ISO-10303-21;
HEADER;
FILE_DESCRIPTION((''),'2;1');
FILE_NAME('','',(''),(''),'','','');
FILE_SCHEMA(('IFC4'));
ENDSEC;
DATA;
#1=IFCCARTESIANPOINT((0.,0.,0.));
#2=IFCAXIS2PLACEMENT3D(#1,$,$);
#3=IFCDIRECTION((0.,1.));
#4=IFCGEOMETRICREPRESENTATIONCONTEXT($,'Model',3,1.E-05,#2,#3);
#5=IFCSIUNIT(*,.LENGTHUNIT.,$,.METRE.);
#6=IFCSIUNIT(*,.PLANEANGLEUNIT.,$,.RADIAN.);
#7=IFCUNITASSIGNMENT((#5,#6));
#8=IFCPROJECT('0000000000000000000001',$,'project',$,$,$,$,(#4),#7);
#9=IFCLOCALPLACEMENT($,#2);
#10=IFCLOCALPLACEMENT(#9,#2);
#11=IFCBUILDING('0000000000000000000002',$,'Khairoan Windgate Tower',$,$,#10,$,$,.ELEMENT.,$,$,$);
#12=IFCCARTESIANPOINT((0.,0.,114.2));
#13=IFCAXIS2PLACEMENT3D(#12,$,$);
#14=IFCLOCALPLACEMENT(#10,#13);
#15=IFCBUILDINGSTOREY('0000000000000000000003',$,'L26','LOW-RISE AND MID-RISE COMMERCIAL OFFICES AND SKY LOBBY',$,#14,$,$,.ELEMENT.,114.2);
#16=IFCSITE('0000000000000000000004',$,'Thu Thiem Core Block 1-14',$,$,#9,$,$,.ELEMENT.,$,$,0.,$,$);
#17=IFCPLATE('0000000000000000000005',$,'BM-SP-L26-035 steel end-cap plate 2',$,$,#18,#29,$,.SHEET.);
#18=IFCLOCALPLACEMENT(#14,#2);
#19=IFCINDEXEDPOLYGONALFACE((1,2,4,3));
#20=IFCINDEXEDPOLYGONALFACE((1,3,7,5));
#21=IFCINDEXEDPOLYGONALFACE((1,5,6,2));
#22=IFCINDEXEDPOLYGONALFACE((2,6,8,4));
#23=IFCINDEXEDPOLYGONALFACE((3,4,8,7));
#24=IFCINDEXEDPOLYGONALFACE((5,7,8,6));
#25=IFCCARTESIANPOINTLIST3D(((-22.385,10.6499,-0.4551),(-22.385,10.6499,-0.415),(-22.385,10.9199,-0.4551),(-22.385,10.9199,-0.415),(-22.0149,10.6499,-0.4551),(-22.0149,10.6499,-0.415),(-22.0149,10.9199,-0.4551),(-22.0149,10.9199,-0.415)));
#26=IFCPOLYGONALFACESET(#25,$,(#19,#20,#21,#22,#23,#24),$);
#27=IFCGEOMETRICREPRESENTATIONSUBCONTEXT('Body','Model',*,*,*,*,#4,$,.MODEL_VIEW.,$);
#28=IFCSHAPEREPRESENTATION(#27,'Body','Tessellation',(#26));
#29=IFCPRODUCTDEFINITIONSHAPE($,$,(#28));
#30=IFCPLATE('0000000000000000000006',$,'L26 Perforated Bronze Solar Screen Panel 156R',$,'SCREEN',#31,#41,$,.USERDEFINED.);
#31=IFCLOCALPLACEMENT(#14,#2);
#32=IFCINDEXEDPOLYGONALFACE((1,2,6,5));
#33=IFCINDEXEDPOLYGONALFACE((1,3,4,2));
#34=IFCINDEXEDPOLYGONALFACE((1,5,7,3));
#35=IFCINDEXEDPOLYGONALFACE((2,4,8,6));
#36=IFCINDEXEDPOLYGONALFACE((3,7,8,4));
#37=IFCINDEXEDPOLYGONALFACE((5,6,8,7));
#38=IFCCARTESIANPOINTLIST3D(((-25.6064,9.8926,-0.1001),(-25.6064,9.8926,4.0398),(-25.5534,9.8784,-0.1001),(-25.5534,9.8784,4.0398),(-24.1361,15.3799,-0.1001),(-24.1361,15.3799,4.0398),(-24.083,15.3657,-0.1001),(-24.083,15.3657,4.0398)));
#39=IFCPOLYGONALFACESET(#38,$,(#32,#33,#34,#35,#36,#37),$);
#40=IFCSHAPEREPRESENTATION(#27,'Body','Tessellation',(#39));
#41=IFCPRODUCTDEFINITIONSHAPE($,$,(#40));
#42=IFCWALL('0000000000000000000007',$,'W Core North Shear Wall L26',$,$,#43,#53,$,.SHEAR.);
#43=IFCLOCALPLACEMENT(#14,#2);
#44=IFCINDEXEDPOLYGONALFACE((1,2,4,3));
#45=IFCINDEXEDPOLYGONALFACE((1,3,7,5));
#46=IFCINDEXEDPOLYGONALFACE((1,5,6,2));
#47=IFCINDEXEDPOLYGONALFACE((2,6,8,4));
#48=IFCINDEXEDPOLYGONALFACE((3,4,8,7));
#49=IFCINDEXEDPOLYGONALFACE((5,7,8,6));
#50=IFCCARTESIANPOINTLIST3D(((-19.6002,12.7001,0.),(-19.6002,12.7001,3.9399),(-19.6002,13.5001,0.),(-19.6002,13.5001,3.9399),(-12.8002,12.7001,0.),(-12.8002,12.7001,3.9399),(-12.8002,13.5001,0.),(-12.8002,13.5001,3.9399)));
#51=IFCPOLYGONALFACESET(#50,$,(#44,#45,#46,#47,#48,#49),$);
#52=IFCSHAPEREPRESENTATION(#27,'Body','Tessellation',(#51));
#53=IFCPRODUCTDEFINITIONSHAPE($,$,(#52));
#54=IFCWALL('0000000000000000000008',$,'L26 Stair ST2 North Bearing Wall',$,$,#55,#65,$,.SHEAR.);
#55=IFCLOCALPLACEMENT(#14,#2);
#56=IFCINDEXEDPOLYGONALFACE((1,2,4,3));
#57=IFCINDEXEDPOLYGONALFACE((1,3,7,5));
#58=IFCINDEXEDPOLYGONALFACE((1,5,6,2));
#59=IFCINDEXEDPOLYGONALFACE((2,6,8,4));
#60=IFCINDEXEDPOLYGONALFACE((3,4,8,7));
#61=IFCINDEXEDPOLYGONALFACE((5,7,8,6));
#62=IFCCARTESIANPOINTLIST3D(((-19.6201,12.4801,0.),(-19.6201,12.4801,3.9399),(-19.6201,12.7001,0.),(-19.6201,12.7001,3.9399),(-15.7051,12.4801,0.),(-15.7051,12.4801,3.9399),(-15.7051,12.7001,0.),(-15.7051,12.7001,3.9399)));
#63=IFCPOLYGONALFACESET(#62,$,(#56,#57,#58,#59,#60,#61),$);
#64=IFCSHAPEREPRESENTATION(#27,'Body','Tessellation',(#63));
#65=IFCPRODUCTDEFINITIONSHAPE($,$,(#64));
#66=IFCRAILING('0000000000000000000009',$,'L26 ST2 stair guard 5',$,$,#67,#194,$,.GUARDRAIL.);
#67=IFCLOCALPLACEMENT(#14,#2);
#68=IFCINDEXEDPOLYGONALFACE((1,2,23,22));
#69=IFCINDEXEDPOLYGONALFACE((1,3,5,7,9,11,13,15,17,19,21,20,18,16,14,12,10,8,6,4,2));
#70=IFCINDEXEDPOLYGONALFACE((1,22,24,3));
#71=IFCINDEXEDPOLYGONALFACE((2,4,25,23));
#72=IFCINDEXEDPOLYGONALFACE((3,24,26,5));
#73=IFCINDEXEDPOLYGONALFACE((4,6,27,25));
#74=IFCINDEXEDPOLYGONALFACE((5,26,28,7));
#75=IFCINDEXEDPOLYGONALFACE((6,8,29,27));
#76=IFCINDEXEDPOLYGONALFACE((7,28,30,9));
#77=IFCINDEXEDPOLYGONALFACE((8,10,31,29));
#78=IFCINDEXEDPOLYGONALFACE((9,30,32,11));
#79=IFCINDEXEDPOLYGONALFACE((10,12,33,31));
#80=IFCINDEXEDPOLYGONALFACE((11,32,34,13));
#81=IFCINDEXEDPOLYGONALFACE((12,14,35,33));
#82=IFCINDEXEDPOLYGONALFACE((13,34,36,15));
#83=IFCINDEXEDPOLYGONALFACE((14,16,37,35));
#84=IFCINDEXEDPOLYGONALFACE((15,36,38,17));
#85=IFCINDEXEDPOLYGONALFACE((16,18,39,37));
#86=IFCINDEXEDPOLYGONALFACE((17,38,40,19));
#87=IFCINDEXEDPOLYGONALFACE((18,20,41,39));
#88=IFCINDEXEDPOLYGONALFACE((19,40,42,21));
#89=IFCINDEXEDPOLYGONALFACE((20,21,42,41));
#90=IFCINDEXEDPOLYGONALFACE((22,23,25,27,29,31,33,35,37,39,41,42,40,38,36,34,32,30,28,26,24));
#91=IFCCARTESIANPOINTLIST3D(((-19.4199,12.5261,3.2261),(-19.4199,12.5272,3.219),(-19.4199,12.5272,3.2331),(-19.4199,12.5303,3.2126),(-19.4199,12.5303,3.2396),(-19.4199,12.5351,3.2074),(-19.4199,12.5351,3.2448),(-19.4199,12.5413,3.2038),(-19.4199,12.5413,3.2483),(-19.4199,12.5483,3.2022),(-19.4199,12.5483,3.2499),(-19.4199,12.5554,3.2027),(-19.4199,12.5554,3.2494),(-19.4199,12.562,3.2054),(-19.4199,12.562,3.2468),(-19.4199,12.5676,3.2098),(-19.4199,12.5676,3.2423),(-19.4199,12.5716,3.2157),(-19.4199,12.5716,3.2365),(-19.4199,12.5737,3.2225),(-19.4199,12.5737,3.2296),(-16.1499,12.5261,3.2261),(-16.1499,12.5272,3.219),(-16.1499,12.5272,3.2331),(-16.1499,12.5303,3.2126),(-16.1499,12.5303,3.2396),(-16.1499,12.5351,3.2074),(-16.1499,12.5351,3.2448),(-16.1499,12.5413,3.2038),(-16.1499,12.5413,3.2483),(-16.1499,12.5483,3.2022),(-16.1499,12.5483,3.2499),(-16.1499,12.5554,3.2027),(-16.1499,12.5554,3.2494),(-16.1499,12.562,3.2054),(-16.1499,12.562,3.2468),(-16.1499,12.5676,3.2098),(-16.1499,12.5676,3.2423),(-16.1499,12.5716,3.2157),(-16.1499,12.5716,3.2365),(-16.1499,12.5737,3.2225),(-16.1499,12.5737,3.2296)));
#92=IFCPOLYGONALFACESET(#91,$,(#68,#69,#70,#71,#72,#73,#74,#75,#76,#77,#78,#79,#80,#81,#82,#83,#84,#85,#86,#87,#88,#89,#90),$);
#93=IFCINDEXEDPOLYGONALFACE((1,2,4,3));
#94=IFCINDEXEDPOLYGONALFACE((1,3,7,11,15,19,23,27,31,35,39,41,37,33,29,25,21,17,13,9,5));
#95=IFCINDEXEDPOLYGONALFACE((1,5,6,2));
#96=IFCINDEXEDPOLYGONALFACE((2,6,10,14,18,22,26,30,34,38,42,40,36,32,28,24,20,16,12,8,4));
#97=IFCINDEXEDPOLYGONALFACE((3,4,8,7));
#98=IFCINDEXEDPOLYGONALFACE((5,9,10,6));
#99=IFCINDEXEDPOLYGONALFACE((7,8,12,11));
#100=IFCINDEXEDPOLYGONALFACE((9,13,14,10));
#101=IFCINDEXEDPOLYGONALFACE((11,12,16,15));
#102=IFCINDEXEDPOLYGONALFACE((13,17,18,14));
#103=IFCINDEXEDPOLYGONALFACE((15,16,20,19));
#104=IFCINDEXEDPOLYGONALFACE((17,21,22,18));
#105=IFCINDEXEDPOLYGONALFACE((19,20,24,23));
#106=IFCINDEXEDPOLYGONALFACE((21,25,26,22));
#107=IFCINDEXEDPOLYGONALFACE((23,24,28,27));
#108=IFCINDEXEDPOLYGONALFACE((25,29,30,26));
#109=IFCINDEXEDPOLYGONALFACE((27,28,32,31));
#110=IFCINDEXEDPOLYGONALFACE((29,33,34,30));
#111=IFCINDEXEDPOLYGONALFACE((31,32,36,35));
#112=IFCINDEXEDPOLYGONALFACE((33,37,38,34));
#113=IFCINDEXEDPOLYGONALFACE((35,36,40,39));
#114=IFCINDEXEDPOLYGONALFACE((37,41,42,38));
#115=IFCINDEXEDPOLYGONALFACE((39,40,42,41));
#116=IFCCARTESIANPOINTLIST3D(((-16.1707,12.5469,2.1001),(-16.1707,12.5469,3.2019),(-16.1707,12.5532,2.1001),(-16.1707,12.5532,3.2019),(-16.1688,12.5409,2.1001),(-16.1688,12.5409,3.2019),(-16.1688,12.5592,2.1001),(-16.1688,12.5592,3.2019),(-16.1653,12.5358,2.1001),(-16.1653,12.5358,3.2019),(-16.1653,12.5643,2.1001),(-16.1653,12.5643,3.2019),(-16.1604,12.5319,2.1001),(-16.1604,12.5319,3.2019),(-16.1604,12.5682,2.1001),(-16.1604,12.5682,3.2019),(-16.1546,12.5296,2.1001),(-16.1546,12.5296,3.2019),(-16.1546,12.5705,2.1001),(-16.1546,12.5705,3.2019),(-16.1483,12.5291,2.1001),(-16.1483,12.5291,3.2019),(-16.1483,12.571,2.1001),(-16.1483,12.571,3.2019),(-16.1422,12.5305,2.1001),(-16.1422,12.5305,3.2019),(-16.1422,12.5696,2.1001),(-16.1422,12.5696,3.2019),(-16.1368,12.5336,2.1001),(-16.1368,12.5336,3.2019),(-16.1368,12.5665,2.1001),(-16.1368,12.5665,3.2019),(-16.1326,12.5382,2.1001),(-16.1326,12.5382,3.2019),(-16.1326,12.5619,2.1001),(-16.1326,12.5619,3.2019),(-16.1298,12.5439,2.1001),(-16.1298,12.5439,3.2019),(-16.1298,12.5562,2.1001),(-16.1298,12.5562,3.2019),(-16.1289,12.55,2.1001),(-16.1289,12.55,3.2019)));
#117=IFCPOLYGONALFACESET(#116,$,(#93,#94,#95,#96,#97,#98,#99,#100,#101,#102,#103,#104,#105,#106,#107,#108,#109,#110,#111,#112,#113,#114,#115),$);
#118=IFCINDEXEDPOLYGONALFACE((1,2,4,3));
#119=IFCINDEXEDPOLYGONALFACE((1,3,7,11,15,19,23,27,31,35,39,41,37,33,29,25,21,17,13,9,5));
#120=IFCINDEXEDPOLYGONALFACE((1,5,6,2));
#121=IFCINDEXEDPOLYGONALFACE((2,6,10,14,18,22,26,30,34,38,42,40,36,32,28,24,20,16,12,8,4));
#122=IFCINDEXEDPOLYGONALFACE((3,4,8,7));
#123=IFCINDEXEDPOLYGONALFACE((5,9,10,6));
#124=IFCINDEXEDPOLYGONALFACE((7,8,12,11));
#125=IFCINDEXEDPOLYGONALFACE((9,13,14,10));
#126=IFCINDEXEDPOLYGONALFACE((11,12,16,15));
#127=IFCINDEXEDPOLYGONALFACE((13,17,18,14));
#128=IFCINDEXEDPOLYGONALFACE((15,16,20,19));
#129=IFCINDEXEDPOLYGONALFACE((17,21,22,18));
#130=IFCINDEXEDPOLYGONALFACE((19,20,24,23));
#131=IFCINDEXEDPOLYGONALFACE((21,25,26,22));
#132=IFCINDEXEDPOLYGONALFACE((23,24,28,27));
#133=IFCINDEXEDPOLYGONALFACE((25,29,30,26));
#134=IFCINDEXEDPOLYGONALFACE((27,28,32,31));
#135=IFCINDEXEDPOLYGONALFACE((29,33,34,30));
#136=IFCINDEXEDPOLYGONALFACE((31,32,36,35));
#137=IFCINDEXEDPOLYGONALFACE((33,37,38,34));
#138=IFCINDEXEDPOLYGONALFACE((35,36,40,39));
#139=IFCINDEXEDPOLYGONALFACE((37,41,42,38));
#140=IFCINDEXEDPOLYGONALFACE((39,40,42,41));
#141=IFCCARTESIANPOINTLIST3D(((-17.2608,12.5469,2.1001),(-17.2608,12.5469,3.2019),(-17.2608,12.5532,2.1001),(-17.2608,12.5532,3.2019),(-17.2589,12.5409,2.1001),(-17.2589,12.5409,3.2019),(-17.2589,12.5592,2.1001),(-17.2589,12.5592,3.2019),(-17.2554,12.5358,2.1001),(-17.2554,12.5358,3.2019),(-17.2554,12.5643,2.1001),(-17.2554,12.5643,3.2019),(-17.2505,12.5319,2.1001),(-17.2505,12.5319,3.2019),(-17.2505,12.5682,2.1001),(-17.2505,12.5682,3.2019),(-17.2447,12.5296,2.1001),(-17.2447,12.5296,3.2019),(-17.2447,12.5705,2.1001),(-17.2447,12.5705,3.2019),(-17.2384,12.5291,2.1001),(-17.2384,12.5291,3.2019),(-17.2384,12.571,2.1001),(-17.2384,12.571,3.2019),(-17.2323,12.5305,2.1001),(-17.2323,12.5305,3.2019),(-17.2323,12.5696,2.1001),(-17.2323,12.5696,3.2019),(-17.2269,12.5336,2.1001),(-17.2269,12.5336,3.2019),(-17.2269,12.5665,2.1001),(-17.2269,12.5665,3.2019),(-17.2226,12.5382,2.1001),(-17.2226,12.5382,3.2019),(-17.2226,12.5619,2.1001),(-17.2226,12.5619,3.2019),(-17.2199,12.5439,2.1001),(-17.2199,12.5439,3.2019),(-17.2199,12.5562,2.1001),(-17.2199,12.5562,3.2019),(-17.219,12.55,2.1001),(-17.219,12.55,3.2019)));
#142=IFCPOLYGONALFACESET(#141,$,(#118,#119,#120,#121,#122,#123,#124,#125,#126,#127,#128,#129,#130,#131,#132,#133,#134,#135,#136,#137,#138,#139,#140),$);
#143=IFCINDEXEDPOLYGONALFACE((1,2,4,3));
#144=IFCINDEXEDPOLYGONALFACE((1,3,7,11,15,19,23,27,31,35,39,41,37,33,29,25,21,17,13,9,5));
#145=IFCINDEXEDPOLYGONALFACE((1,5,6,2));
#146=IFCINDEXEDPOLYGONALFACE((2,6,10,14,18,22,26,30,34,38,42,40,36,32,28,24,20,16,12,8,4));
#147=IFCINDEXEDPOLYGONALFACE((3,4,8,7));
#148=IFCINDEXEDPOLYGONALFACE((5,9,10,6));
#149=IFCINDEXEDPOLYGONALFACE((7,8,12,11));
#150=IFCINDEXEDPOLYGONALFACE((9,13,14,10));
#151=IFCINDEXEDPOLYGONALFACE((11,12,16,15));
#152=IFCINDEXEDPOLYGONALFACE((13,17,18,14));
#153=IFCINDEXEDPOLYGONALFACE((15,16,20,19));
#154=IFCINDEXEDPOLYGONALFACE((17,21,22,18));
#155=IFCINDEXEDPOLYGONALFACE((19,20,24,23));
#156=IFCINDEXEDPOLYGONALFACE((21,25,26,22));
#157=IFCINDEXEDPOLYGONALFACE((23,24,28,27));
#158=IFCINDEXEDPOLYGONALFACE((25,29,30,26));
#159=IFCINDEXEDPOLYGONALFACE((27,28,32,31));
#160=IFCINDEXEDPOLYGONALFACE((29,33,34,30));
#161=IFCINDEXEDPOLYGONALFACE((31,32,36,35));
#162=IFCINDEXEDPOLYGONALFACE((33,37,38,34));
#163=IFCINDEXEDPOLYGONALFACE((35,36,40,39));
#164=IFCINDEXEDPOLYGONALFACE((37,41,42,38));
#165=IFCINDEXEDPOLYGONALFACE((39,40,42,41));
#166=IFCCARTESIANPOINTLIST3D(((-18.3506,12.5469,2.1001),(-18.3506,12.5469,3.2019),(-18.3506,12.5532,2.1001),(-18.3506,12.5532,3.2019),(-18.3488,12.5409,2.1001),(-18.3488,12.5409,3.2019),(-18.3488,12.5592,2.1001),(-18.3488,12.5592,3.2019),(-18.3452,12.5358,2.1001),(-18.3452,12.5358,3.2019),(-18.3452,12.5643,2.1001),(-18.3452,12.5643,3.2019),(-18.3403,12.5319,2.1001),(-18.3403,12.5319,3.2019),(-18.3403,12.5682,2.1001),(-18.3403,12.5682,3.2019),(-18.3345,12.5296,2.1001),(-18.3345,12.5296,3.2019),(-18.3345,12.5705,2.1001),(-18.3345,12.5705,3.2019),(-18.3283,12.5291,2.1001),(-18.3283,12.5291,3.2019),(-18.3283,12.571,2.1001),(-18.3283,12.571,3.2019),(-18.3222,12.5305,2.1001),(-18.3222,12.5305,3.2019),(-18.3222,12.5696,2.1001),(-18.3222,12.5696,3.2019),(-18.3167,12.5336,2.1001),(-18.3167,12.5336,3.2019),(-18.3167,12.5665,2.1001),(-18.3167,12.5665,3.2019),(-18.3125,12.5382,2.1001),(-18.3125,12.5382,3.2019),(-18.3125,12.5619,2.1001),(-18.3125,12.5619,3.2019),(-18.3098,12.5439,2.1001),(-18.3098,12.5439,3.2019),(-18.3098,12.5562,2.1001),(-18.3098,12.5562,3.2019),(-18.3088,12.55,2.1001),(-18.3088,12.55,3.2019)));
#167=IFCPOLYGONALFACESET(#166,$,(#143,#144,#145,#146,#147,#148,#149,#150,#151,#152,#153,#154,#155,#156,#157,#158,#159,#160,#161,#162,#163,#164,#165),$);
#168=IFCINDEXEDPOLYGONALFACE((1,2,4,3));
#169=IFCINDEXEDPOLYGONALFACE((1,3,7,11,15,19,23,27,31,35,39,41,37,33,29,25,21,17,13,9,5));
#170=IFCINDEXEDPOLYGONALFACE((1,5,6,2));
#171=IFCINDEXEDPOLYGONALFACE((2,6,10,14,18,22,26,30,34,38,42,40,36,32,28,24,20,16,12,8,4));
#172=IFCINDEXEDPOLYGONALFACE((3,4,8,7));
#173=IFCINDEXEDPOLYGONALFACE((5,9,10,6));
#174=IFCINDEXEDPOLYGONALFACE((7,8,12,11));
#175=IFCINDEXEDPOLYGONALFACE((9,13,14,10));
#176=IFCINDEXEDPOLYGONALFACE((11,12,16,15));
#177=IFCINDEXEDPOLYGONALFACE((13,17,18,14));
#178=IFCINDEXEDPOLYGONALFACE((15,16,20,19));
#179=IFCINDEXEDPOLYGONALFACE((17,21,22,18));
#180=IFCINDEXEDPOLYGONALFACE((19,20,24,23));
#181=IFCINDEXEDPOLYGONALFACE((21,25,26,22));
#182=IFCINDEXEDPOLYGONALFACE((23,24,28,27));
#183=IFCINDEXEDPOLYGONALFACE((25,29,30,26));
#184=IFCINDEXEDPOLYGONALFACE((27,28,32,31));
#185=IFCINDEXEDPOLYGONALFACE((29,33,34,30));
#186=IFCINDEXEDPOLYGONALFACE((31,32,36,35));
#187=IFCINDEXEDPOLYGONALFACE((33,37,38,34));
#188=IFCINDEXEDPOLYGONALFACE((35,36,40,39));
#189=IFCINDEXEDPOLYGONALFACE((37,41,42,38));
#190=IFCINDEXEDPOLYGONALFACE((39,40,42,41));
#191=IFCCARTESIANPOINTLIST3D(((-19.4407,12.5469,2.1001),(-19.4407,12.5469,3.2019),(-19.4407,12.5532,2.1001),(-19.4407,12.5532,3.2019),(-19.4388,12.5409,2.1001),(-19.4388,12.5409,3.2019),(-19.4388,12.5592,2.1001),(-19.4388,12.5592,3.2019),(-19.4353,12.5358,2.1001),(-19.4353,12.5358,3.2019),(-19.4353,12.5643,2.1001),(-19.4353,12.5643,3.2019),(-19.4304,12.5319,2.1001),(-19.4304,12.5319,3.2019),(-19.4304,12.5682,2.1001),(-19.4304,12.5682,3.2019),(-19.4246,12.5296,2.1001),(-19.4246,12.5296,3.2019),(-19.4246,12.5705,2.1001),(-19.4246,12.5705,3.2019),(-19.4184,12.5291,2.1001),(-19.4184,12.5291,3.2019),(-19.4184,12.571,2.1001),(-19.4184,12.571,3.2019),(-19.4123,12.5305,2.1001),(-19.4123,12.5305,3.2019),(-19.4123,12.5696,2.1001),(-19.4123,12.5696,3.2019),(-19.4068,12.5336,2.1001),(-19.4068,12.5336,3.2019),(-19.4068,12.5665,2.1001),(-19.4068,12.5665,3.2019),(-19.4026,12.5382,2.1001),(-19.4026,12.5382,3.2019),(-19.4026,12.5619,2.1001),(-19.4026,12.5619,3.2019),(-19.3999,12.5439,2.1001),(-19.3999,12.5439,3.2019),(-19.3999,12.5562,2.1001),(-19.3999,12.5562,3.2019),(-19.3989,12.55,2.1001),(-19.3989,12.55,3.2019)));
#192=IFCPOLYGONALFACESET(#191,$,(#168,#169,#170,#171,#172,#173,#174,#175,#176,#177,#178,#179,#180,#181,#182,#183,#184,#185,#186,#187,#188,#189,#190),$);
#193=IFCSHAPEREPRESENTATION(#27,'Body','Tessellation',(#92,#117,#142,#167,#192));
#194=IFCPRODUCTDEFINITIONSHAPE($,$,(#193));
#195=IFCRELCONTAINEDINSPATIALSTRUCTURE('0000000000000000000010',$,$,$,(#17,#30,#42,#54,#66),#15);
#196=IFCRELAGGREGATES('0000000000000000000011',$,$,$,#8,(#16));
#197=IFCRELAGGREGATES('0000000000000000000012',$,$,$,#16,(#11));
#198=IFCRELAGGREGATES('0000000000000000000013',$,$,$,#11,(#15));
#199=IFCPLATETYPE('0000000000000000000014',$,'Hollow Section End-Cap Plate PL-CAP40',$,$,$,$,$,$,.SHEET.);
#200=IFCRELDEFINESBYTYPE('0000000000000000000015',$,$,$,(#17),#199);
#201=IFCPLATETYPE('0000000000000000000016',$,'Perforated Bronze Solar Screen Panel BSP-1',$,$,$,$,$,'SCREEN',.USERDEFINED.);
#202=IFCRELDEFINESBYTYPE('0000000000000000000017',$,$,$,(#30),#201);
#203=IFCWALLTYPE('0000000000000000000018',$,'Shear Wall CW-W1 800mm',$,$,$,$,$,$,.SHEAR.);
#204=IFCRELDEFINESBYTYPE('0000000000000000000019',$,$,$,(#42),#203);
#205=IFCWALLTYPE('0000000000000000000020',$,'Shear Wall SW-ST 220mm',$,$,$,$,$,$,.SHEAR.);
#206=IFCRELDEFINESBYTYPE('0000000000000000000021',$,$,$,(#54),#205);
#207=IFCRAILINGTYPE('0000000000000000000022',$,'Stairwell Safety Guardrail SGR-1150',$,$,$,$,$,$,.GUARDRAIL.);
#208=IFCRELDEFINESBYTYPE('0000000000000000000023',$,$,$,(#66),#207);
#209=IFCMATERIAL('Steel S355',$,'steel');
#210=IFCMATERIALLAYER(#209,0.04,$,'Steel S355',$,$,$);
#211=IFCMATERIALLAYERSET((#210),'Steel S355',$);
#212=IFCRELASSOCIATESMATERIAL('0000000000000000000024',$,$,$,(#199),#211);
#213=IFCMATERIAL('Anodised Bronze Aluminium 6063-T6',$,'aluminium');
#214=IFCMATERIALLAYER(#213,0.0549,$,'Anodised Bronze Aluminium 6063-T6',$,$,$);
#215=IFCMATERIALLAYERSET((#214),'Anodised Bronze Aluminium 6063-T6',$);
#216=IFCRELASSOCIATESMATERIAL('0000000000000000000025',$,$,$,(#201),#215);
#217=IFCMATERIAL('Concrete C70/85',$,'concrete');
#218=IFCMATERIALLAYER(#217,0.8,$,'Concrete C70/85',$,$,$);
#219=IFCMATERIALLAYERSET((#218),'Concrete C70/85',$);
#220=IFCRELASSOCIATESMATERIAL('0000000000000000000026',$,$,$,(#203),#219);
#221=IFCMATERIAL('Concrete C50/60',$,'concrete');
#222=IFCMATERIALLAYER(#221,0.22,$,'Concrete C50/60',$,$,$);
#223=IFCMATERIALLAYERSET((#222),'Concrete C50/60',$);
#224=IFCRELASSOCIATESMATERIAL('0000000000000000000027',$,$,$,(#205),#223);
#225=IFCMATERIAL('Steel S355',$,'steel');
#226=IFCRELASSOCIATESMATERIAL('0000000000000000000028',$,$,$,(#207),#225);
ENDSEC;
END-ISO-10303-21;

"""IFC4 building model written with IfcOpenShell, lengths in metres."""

from ifc_helpers import new_model, si_unit, direction, frame, frame_2d, origin, origin_2d, place, context, subcontext, project, spatial, rectangle, circle, extrude, material, layer, layer_set, type_object, element, save


model = new_model("IFC4")

# Units and contexts
model_context = context("Model", 3, precision=1e-05, world=origin(), true_north=direction((0.0, 1.0)))
body_context = subcontext(model_context, "Body", "Model", "MODEL_VIEW")
ifc_project = project(units=[si_unit("LENGTHUNIT", "METRE"), si_unit("PLANEANGLEUNIT", "RADIAN")], contexts=[model_context])

# Site, building, storey
site_placement = place(None, origin())
site = spatial("IfcSite", under=ifc_project, at=site_placement, Name="Thu Thiem Core Block 1-14", CompositionType="ELEMENT", RefElevation=0.0)
building_placement = place(site_placement, origin())
building = spatial("IfcBuilding", under=site, at=building_placement, Name="Khairoan Windgate Tower", CompositionType="ELEMENT")
storey_placement = place(building_placement, frame((0.0, 0.0, 114.2)))
storey = spatial("IfcBuildingStorey", under=building, at=storey_placement, Name="L26", Description="LOW-RISE AND MID-RISE COMMERCIAL OFFICES AND SKY LOBBY", CompositionType="ELEMENT", Elevation=114.2)

# Plates
ifc_material_1 = material(Name="Steel S355", Category="steel")
ifc_layer_1 = layer(ifc_material_1, 0.04, Name="Steel S355")
ifc_layer_set_1 = layer_set([ifc_layer_1], Name="Steel S355")
plate_type_1 = type_object("IfcPlateType", Name="Hollow Section End-Cap Plate PL-CAP40", PredefinedType="SHEET", material=ifc_layer_set_1)
plate_1_placement = place(storey_placement, frame((-22.2, 10.7849, -0.4551), z_axis=(0.0, 0.0, 1.0), x_axis=(0.0, 1.0, 0.0)))
element("IfcPlate", 1, at=plate_1_placement, inside=storey, type_object=plate_type_1, Name="BM-SP-L26-035 steel end-cap plate 2", PredefinedType="SHEET", context=body_context, shape_type="SweptSolid", body=[
    extrude(rectangle(XDim=0.27, YDim=0.3701, at=origin_2d()), origin(), (0.0, 0.0, 1.0), 0.04),
])
ifc_material_2 = material(Name="Anodised Bronze Aluminium 6063-T6", Category="aluminium")
ifc_layer_2 = layer(ifc_material_2, 0.0549, Name="Anodised Bronze Aluminium 6063-T6")
ifc_layer_set_2 = layer_set([ifc_layer_2], Name="Anodised Bronze Aluminium 6063-T6")
plate_type_2 = type_object("IfcPlateType", Name="Perforated Bronze Solar Screen Panel BSP-1", ElementType="SCREEN", PredefinedType="USERDEFINED", material=ifc_layer_set_2)
plate_2_placement = place(storey_placement, frame((-24.8447, 12.6292, -0.1001), z_axis=(0.0, 0.0, 1.0), x_axis=(0.258819, 0.965926, 0.0)))
element("IfcPlate", 2, at=plate_2_placement, inside=storey, type_object=plate_type_2, Name="L26 Perforated Bronze Solar Screen Panel 156R", ObjectType="SCREEN", PredefinedType="USERDEFINED", context=body_context, shape_type="SweptSolid", body=[
    extrude(rectangle(XDim=5.6809, YDim=0.0549, at=origin_2d()), origin(), (0.0, 0.0, 1.0), 4.1399),
])

# Walls
ifc_material_3 = material(Name="Concrete C70/85", Category="concrete")
ifc_layer_3 = layer(ifc_material_3, 0.8, Name="Concrete C70/85")
ifc_layer_set_3 = layer_set([ifc_layer_3], Name="Concrete C70/85")
wall_type_1 = type_object("IfcWallType", Name="Shear Wall CW-W1 800mm", PredefinedType="SHEAR", material=ifc_layer_set_3)
wall_1_placement = place(storey_placement, frame((-19.6001, 13.1001, 0.0), z_axis=(0.0, 0.0, 1.0), x_axis=(1.0, 0.0, 0.0)))
element("IfcWall", 3, at=wall_1_placement, inside=storey, type_object=wall_type_1, Name="W Core North Shear Wall L26", PredefinedType="SHEAR", context=body_context, shape_type="SweptSolid", body=[
    extrude(rectangle(XDim=6.8, YDim=0.8, at=frame_2d((3.3999, 0.0))), origin(), (0.0, 0.0, 1.0), 3.9399),
])
ifc_material_4 = material(Name="Concrete C50/60", Category="concrete")
ifc_layer_4 = layer(ifc_material_4, 0.22, Name="Concrete C50/60")
ifc_layer_set_4 = layer_set([ifc_layer_4], Name="Concrete C50/60")
wall_type_2 = type_object("IfcWallType", Name="Shear Wall SW-ST 220mm", PredefinedType="SHEAR", material=ifc_layer_set_4)
wall_2_placement = place(storey_placement, frame((-19.6201, 12.5901, 0.0), z_axis=(0.0, 0.0, 1.0), x_axis=(1.0, 0.0, 0.0)))
element("IfcWall", 4, at=wall_2_placement, inside=storey, type_object=wall_type_2, Name="L26 Stair ST2 North Bearing Wall", PredefinedType="SHEAR", context=body_context, shape_type="SweptSolid", body=[
    extrude(rectangle(XDim=3.915, YDim=0.22, at=frame_2d((1.9575, 0.0))), origin(), (0.0, 0.0, 1.0), 3.9399),
])

# Railing
ifc_material_5 = material(Name="Steel S355", Category="steel")
railing_type = type_object("IfcRailingType", Name="Stairwell Safety Guardrail SGR-1150", PredefinedType="GUARDRAIL", material=ifc_material_5)
railing_1_placement = place(storey_placement, frame((-16.1499, 12.55, 2.1001)))
element("IfcRailing", 5, at=railing_1_placement, inside=storey, type_object=railing_type, Name="L26 ST2 stair guard 5", PredefinedType="GUARDRAIL", context=body_context, shape_type="SweptSolid", body=[
    extrude(circle(Radius=0.0239, at=origin_2d()), frame((0.0, 0.0, 1.126), z_axis=(-1.0, 0.0, 0.0), x_axis=(0.0, -1.0, 0.0)), (0.0, 0.0, 1.0), 3.27),
    extrude(circle(Radius=0.021, at=origin_2d()), origin(), (0.0, 0.0, 1.0), 1.1018),
    extrude(circle(Radius=0.021, at=origin_2d()), frame((-1.0901, 0.0, 0.0)), (0.0, 0.0, 1.0), 1.1018),
    extrude(circle(Radius=0.021, at=origin_2d()), frame((-2.1799, 0.0, 0.0)), (0.0, 0.0, 1.0), 1.1018),
    extrude(circle(Radius=0.021, at=origin_2d()), frame((-3.27, 0.0, 0.0)), (0.0, 0.0, 1.0), 1.1018),
])

save(model, "model.ifc")
